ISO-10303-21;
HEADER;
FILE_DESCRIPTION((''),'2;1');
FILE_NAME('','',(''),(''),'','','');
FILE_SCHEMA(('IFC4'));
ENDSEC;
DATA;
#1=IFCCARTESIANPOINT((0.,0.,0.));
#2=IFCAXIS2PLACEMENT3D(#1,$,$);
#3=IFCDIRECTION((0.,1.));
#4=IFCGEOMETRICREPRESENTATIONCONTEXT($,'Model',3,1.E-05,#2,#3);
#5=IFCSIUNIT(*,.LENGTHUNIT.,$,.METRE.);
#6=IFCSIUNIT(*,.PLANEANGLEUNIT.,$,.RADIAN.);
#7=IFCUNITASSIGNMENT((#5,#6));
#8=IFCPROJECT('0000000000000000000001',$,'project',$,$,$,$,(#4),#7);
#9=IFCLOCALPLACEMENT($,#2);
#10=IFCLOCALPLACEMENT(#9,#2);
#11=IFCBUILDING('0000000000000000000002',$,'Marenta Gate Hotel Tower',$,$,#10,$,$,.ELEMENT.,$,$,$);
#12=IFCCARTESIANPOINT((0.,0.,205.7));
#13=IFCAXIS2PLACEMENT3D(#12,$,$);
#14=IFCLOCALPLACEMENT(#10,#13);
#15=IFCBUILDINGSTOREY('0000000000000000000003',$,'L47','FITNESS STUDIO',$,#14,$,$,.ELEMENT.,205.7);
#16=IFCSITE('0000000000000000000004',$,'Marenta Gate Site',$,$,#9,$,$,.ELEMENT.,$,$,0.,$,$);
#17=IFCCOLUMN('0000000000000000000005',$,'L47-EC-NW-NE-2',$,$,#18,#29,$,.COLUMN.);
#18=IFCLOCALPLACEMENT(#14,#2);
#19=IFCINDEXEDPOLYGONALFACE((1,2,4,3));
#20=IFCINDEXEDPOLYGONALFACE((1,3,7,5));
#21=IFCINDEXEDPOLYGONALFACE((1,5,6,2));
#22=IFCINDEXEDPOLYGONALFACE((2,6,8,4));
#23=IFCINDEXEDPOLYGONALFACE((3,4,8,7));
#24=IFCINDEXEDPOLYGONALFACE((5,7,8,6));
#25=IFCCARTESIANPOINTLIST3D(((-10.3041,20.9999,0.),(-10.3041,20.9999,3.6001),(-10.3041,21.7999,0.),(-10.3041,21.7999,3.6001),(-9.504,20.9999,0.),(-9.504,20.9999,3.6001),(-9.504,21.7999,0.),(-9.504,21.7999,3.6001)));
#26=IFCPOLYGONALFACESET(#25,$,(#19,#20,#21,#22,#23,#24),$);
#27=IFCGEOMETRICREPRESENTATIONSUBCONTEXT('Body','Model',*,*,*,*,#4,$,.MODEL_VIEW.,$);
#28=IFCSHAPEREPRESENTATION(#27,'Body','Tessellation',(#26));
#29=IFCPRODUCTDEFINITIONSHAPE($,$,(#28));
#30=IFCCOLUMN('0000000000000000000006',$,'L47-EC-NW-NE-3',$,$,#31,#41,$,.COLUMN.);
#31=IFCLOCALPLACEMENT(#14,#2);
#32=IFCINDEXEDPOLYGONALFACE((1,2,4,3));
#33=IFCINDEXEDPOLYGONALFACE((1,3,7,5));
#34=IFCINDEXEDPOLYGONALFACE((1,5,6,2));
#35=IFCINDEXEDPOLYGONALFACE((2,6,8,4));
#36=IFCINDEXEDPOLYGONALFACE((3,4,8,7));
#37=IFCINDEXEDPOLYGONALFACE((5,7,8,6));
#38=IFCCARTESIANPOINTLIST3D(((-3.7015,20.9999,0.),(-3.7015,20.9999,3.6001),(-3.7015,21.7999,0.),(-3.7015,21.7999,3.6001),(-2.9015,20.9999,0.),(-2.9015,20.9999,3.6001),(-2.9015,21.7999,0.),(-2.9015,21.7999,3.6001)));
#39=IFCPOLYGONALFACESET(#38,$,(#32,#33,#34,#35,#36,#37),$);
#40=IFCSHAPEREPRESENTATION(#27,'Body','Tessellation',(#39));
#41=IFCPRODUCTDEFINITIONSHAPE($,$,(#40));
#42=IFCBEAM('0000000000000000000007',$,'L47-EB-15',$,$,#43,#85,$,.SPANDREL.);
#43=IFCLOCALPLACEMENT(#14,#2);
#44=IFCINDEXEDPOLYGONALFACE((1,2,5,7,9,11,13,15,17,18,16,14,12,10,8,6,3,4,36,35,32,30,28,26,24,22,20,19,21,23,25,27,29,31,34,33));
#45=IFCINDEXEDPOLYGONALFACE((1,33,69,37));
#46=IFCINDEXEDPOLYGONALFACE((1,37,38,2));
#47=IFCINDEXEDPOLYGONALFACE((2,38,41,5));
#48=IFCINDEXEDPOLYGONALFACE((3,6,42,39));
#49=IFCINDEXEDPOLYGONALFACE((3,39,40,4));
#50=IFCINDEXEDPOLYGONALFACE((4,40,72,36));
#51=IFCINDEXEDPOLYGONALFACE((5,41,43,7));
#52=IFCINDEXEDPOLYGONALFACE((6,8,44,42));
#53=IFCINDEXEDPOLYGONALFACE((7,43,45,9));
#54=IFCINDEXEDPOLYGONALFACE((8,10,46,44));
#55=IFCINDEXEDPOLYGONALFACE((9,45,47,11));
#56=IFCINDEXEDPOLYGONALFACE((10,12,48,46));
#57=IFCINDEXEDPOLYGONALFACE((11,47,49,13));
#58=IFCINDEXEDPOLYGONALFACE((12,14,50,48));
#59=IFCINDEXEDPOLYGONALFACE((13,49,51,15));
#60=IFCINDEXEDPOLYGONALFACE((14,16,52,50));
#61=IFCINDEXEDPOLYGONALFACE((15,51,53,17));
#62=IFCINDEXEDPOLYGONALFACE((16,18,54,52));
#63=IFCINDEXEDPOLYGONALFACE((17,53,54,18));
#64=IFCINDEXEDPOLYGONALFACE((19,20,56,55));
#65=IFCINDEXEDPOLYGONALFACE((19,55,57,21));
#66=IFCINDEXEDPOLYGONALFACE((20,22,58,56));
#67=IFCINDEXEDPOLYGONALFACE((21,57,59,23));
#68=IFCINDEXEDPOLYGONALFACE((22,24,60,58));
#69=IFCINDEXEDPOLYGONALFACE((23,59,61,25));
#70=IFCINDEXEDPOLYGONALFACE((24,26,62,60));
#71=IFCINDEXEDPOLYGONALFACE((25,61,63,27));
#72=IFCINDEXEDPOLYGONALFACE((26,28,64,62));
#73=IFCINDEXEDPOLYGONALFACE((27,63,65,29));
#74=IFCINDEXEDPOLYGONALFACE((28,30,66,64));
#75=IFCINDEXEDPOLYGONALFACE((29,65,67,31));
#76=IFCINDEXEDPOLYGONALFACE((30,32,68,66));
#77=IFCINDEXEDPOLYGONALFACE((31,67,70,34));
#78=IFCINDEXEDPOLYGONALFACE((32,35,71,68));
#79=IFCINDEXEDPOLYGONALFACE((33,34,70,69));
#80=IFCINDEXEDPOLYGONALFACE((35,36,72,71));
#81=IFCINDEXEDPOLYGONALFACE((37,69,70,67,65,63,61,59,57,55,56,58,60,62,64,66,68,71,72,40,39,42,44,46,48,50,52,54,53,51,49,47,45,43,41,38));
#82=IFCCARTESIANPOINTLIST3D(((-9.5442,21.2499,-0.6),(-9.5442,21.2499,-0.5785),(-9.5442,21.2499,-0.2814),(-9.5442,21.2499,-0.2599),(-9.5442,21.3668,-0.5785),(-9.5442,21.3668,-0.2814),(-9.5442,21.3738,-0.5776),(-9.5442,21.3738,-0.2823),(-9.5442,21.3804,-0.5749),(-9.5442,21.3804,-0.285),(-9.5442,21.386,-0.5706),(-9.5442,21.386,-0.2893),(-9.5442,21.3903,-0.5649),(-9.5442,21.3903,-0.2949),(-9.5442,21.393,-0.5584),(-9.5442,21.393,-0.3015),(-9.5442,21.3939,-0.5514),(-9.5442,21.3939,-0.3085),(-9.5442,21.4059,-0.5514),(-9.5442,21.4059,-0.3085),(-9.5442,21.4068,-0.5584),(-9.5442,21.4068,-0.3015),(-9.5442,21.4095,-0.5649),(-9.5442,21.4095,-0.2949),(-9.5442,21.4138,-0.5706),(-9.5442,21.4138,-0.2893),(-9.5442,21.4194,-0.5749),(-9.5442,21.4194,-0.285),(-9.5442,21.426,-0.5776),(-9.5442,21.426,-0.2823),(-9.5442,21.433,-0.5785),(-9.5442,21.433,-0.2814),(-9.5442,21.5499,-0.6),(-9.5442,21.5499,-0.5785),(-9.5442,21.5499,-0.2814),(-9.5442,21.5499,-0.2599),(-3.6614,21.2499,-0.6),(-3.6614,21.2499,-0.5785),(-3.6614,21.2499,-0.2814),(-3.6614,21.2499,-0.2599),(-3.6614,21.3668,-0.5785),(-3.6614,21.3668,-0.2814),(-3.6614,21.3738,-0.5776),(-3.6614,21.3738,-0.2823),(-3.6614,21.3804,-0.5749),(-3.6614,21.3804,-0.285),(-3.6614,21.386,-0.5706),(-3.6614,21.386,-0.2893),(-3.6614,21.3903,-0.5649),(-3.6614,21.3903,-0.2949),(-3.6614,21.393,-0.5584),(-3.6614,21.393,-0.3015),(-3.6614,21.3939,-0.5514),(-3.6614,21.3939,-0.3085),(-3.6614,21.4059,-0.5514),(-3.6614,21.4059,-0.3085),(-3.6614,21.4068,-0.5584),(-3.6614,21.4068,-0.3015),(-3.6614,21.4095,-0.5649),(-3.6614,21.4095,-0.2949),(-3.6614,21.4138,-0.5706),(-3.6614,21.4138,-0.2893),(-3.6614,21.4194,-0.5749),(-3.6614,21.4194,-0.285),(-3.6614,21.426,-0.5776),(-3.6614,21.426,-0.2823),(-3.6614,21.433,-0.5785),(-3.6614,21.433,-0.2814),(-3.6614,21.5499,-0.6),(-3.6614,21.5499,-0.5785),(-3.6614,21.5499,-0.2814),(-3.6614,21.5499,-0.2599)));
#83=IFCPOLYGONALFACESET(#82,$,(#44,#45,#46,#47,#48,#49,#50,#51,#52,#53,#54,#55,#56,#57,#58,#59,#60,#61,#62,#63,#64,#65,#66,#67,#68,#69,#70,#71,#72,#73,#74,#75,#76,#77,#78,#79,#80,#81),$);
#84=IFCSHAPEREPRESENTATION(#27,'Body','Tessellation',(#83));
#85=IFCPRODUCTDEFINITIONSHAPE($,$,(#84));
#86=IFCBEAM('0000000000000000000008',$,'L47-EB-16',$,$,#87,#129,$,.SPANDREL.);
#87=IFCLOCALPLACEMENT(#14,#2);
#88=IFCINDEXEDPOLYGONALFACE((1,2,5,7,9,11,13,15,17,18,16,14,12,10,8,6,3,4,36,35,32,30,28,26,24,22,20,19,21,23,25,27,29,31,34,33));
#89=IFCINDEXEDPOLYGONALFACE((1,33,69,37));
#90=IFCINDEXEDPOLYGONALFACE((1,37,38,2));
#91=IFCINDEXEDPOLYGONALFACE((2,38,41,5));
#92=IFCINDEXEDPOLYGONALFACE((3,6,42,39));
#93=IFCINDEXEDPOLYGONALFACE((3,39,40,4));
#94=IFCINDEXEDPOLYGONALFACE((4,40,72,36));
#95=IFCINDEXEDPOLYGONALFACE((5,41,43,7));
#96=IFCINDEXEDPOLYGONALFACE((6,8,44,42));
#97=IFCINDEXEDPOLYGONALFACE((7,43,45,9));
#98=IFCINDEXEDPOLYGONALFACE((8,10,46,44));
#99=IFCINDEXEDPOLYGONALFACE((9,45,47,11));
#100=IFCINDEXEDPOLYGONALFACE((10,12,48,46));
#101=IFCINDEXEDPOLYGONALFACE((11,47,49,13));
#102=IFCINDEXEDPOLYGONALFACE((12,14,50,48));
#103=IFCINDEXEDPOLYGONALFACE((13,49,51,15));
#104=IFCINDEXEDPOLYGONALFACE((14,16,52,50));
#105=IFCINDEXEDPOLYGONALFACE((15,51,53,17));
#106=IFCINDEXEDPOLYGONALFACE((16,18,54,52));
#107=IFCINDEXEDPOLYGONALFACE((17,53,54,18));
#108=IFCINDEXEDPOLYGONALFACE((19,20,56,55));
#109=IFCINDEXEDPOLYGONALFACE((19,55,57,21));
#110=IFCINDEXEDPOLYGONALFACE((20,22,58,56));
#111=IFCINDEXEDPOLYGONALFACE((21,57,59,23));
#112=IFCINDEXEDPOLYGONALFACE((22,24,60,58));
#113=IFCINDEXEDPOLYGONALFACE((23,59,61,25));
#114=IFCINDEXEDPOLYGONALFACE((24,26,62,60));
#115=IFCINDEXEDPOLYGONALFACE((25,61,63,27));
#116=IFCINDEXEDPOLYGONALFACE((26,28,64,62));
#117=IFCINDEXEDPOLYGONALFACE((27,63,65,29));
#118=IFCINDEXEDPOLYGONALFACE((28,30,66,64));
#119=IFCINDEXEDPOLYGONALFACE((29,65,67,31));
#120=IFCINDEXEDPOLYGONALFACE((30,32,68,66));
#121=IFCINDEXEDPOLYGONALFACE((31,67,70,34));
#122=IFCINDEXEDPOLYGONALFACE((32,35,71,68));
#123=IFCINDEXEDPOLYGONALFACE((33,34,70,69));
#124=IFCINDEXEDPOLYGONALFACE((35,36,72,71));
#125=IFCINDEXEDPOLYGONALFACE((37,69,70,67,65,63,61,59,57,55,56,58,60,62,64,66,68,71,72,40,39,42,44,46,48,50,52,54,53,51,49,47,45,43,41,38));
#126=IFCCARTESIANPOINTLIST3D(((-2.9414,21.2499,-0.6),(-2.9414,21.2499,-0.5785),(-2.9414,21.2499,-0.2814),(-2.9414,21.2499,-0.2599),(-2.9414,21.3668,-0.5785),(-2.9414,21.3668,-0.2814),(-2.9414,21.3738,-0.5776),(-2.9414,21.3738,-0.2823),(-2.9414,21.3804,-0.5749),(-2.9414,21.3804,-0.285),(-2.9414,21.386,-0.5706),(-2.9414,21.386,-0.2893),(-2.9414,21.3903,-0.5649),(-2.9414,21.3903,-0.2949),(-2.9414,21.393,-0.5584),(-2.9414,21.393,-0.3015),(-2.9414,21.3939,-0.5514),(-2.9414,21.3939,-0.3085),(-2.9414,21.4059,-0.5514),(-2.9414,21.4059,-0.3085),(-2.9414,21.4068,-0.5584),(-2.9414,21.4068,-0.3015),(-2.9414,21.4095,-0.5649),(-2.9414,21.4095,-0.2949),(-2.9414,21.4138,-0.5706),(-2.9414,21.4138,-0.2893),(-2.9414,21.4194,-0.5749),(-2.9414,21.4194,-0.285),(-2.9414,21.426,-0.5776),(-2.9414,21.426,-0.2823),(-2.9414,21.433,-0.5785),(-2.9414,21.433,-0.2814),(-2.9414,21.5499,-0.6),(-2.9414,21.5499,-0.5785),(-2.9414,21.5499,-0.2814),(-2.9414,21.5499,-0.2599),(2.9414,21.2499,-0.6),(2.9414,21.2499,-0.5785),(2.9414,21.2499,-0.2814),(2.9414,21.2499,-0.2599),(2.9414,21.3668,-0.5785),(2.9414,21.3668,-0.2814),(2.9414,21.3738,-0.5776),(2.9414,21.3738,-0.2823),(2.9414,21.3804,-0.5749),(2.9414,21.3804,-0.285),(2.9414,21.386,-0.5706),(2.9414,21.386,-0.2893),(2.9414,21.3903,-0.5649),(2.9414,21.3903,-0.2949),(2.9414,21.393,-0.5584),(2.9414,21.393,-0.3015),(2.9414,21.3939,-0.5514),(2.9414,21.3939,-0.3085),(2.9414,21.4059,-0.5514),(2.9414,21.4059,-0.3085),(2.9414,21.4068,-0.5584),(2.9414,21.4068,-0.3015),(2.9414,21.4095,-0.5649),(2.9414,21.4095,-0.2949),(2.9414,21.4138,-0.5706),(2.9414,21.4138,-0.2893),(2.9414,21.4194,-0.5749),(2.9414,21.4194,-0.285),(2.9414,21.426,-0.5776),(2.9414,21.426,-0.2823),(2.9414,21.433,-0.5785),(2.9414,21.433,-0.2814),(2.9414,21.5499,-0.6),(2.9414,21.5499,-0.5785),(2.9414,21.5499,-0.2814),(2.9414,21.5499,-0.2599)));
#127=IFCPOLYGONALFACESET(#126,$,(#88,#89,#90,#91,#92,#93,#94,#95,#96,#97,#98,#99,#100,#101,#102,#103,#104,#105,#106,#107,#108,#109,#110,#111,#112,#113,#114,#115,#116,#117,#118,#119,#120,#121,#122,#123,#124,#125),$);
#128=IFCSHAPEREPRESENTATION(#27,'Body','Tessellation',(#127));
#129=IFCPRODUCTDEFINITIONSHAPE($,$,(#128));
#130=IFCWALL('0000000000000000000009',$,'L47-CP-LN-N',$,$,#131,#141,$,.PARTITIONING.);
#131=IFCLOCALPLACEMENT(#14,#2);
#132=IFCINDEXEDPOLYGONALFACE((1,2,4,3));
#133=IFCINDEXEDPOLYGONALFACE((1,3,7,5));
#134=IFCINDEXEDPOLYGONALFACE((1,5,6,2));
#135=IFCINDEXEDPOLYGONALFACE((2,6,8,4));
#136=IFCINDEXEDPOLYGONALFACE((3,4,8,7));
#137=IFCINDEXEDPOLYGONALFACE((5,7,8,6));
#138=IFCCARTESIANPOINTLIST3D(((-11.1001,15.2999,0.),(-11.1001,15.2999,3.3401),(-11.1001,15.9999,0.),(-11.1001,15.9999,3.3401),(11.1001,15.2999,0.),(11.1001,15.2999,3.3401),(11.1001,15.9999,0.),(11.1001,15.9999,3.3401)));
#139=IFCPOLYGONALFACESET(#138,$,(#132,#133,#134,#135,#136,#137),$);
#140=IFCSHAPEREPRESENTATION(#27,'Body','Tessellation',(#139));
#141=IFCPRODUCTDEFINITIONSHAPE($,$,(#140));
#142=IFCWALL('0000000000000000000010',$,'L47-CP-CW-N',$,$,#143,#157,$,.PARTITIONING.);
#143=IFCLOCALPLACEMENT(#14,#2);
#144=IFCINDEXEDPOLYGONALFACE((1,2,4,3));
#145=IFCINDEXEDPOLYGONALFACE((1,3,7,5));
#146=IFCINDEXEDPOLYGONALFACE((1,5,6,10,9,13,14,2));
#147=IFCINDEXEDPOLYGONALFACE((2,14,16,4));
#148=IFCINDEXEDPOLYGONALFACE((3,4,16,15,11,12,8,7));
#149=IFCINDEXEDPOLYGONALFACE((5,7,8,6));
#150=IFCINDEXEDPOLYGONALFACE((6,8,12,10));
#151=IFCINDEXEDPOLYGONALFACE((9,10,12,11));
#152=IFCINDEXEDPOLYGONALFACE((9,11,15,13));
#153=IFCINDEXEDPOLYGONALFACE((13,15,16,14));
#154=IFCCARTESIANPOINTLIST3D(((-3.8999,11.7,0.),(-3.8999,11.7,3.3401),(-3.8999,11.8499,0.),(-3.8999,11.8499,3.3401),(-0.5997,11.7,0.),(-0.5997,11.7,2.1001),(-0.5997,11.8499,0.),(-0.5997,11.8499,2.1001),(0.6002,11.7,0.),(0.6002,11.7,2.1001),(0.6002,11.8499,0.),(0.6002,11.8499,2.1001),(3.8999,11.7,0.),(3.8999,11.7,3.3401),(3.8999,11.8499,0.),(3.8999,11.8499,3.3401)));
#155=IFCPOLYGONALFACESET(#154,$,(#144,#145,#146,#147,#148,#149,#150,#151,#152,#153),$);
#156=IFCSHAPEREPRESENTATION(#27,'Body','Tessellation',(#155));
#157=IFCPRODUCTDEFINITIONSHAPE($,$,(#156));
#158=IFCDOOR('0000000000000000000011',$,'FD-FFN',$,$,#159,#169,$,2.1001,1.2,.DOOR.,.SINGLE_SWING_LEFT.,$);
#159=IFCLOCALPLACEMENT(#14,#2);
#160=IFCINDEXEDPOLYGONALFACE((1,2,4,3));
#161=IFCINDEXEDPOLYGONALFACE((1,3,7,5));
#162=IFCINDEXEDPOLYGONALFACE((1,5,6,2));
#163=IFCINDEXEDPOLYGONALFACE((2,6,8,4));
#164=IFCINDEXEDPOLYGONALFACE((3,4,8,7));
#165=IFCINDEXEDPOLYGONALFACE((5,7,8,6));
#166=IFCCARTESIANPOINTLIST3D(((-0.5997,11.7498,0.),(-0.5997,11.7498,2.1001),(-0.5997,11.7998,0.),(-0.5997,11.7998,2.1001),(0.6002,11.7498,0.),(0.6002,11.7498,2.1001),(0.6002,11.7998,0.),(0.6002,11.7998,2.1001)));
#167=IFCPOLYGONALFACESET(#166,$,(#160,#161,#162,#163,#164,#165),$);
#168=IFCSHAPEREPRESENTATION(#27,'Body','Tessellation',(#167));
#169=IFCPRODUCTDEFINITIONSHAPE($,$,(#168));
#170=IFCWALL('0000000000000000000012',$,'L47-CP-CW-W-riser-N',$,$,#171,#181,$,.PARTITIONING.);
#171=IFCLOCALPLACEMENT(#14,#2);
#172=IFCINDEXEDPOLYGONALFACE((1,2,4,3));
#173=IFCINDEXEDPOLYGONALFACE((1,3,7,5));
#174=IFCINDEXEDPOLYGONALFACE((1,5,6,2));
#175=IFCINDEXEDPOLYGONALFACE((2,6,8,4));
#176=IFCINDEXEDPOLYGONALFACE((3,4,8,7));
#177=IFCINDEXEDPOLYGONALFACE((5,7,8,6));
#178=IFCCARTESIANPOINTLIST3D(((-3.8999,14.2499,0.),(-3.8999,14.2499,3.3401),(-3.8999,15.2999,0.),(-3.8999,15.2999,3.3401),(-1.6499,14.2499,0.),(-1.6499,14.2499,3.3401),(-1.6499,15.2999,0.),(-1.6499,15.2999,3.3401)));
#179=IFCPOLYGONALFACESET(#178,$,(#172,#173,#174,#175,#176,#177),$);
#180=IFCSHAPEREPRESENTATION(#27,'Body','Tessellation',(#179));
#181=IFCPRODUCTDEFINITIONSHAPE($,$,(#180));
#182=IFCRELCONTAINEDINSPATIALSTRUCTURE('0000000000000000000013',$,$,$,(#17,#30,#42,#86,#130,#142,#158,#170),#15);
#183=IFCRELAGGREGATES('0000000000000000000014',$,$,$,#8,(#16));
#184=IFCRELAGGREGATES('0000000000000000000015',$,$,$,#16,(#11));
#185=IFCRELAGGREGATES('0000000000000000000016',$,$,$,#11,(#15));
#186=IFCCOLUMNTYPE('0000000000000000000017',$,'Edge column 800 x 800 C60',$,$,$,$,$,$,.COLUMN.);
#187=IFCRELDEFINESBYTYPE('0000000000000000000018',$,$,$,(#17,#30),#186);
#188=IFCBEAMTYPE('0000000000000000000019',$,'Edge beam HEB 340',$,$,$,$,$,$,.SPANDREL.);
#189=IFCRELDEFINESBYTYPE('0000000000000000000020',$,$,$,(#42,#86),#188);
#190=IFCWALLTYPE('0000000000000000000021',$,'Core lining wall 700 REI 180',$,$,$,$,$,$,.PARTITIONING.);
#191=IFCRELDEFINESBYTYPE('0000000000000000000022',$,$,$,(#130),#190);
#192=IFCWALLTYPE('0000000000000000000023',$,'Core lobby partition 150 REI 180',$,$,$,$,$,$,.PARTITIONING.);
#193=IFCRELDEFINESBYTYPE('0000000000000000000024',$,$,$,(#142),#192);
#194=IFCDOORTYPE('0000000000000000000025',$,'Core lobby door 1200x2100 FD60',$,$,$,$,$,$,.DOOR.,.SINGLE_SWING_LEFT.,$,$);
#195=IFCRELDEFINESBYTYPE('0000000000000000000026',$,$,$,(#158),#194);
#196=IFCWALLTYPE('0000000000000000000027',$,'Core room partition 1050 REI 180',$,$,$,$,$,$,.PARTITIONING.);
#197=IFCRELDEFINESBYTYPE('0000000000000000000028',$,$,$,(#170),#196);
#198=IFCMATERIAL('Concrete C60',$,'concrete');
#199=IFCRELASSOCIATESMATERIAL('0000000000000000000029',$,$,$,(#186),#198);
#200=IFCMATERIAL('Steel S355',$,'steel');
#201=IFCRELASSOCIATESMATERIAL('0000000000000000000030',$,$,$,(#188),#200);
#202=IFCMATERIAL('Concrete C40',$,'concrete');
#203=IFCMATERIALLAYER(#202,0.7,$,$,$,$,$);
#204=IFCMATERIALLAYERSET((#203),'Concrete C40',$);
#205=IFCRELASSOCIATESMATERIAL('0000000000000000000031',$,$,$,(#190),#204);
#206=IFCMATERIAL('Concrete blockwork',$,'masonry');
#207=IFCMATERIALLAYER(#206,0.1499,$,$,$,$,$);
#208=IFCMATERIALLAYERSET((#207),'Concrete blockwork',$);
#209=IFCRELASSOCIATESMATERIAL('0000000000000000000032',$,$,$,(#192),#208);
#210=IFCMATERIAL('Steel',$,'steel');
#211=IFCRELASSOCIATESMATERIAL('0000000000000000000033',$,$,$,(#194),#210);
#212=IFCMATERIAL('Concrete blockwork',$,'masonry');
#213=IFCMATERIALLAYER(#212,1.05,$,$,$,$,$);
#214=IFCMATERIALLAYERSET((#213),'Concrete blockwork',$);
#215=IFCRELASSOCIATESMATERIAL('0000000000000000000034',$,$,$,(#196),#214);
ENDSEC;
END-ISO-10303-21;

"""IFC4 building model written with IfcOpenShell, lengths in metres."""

from ifc_helpers import new_model, si_unit, direction, frame, frame_2d, origin, origin_2d, place, context, subcontext, project, spatial, rectangle, i_section, extrude, material, layer, layer_set, material_profile, profile_set, type_object, element, fill, save


model = new_model("IFC4")

# Units and contexts
model_context = context("Model", 3, precision=1e-05, world=origin(), true_north=direction((0.0, 1.0)))
body_context = subcontext(model_context, "Body", "Model", "MODEL_VIEW")
ifc_project = project(units=[si_unit("LENGTHUNIT", "METRE"), si_unit("PLANEANGLEUNIT", "RADIAN")], contexts=[model_context])

# Site, building, storey
site_placement = place(None, origin())
site = spatial("IfcSite", under=ifc_project, at=site_placement, Name="Marenta Gate Site", CompositionType="ELEMENT", RefElevation=0.0)
building_placement = place(site_placement, origin())
building = spatial("IfcBuilding", under=site, at=building_placement, Name="Marenta Gate Hotel Tower", CompositionType="ELEMENT")
storey_placement = place(building_placement, frame((0.0, 0.0, 205.7)))
storey = spatial("IfcBuildingStorey", under=building, at=storey_placement, Name="L47", Description="FITNESS STUDIO", CompositionType="ELEMENT", Elevation=205.7)

# Columns
ifc_material_1 = material(Name="Concrete C60", Category="concrete")
ifc_material_profile_1 = material_profile(ifc_material_1, rectangle(XDim=0.8, YDim=0.8, at=origin_2d()), Name="800 x 800")
ifc_profile_set_1 = profile_set([ifc_material_profile_1], Name="Concrete C60")
column_type = type_object("IfcColumnType", Name="Edge column 800 x 800 C60", PredefinedType="COLUMN", material=ifc_profile_set_1)
for number, where, z_axis, x_axis, name in (
    (1, (-9.9041, 21.3999, 0.0), (0.0, 0.0, 1.0), (1.0, 0.0, 0.0), "L47-EC-NW-NE-2"),
    (2, (-3.3015, 21.3999, 0.0), (0.0, 0.0, 1.0), (1.0, 0.0, 0.0), "L47-EC-NW-NE-3"),
):
    element("IfcColumn", number, at=place(storey_placement, frame(where, z_axis=z_axis, x_axis=x_axis)), inside=storey, type_object=column_type, Name=name, PredefinedType="COLUMN", context=body_context, shape_type="SweptSolid", body=[
        extrude(rectangle(XDim=0.8, YDim=0.8, at=origin_2d()), origin(), (0.0, 0.0, 1.0), 3.6001),
    ])

# Beams
ifc_material_2 = material(Name="Steel S355", Category="steel")
ifc_material_profile_2 = material_profile(ifc_material_2, i_section(OverallWidth=0.3, OverallDepth=0.3401, WebThickness=0.012, FlangeThickness=0.0215, FilletRadius=0.0271, at=origin_2d()), Name="HEB 340")
ifc_profile_set_2 = profile_set([ifc_material_profile_2], Name="Steel S355")
beam_type = type_object("IfcBeamType", Name="Edge beam HEB 340", PredefinedType="SPANDREL", material=ifc_profile_set_2)
for number, where, z_axis, x_axis, name in (
    (3, (-9.5442, 21.3999, -0.4299), (1.0, 0.0, 0.0), (0.0, 1.0, 0.0), "L47-EB-15"),
    (4, (-2.9414, 21.3999, -0.4299), (1.0, 0.0, 0.0), (0.0, 1.0, 0.0), "L47-EB-16"),
):
    element("IfcBeam", number, at=place(storey_placement, frame(where, z_axis=z_axis, x_axis=x_axis)), inside=storey, type_object=beam_type, Name=name, PredefinedType="SPANDREL", context=body_context, shape_type="SweptSolid", body=[
        extrude(i_section(OverallWidth=0.3, OverallDepth=0.3401, WebThickness=0.012, FlangeThickness=0.0215, FilletRadius=0.0271, at=origin_2d()), origin(), (0.0, 0.0, 1.0), 5.8828),
    ])

# Wall
ifc_material_3 = material(Name="Concrete C40", Category="concrete")
ifc_layer_1 = layer(ifc_material_3, 0.7)
ifc_layer_set_1 = layer_set([ifc_layer_1], Name="Concrete C40")
wall_type_1 = type_object("IfcWallType", Name="Core lining wall 700 REI 180", PredefinedType="PARTITIONING", material=ifc_layer_set_1)
wall_1_placement = place(storey_placement, frame((-11.1001, 15.6499, 0.0), z_axis=(0.0, 0.0, 1.0), x_axis=(1.0, 0.0, 0.0)))
element("IfcWall", 5, at=wall_1_placement, inside=storey, type_object=wall_type_1, Name="L47-CP-LN-N", PredefinedType="PARTITIONING", context=body_context, shape_type="SweptSolid", body=[
    extrude(rectangle(XDim=22.2002, YDim=0.7, at=frame_2d((11.1001, 0.0))), origin(), (0.0, 0.0, 1.0), 3.3401),
])

# Wall, opening, door
ifc_material_4 = material(Name="Concrete blockwork", Category="masonry")
ifc_layer_2 = layer(ifc_material_4, 0.1499)
ifc_layer_set_2 = layer_set([ifc_layer_2], Name="Concrete blockwork")
wall_type_2 = type_object("IfcWallType", Name="Core lobby partition 150 REI 180", PredefinedType="PARTITIONING", material=ifc_layer_set_2)
wall_2_placement = place(storey_placement, frame((-3.8999, 11.7749, 0.0), z_axis=(0.0, 0.0, 1.0), x_axis=(1.0, 0.0, 0.0)))
wall_2 = element("IfcWall", 6, at=wall_2_placement, inside=storey, type_object=wall_type_2, Name="L47-CP-CW-N", PredefinedType="PARTITIONING", context=body_context, shape_type="SweptSolid", body=[
    extrude(rectangle(XDim=7.7998, YDim=0.1499, at=frame_2d((3.8999, 0.0))), origin(), (0.0, 0.0, 1.0), 3.3401),
])
opening_1_placement = place(wall_2_placement, frame((3.3, 0.0, 0.0)))
opening_1 = element("IfcOpeningElement", 7, at=opening_1_placement, cuts=wall_2, PredefinedType="OPENING", context=body_context, shape_type="SweptSolid", body=[
    extrude(rectangle(XDim=1.2, YDim=2.1001, at=frame_2d((0.6001, 1.05))), frame((0.0, 0.075, 0.0), z_axis=(0.0, -1.0, 0.0), x_axis=(1.0, 0.0, 0.0)), (0.0, 0.0, 1.0), 0.1499),
])
ifc_material_5 = material(Name="Steel", Category="steel")
door_type_1 = type_object("IfcDoorType", Name="Core lobby door 1200x2100 FD60", OperationType="SINGLE_SWING_LEFT", PredefinedType="DOOR", material=ifc_material_5)
door_1_placement = place(opening_1_placement, origin())
door_1 = element("IfcDoor", 8, at=door_1_placement, inside=storey, type_object=door_type_1, Name="FD-FFN", OperationType="SINGLE_SWING_LEFT", OverallHeight=2.1001, OverallWidth=1.2, PredefinedType="DOOR", context=body_context, shape_type="SweptSolid", body=[
    extrude(rectangle(XDim=1.2, YDim=2.1001, at=frame_2d((0.6001, 1.05))), frame((0.0, 0.0249, 0.0), z_axis=(0.0, -1.0, 0.0), x_axis=(1.0, 0.0, 0.0)), (0.0, 0.0, 1.0), 0.05),
])
fill(opening_1, door_1)

# Wall
ifc_material_6 = material(Name="Concrete blockwork", Category="masonry")
ifc_layer_3 = layer(ifc_material_6, 1.05)
ifc_layer_set_3 = layer_set([ifc_layer_3], Name="Concrete blockwork")
wall_type_3 = type_object("IfcWallType", Name="Core room partition 1050 REI 180", PredefinedType="PARTITIONING", material=ifc_layer_set_3)
wall_3_placement = place(storey_placement, frame((-3.8999, 14.7749, 0.0), z_axis=(0.0, 0.0, 1.0), x_axis=(1.0, 0.0, 0.0)))
element("IfcWall", 9, at=wall_3_placement, inside=storey, type_object=wall_type_3, Name="L47-CP-CW-W-riser-N", PredefinedType="PARTITIONING", context=body_context, shape_type="SweptSolid", body=[
    extrude(rectangle(XDim=2.25, YDim=1.05, at=frame_2d((1.125, 0.0))), origin(), (0.0, 0.0, 1.0), 3.3401),
])

save(model, "model.ifc")
